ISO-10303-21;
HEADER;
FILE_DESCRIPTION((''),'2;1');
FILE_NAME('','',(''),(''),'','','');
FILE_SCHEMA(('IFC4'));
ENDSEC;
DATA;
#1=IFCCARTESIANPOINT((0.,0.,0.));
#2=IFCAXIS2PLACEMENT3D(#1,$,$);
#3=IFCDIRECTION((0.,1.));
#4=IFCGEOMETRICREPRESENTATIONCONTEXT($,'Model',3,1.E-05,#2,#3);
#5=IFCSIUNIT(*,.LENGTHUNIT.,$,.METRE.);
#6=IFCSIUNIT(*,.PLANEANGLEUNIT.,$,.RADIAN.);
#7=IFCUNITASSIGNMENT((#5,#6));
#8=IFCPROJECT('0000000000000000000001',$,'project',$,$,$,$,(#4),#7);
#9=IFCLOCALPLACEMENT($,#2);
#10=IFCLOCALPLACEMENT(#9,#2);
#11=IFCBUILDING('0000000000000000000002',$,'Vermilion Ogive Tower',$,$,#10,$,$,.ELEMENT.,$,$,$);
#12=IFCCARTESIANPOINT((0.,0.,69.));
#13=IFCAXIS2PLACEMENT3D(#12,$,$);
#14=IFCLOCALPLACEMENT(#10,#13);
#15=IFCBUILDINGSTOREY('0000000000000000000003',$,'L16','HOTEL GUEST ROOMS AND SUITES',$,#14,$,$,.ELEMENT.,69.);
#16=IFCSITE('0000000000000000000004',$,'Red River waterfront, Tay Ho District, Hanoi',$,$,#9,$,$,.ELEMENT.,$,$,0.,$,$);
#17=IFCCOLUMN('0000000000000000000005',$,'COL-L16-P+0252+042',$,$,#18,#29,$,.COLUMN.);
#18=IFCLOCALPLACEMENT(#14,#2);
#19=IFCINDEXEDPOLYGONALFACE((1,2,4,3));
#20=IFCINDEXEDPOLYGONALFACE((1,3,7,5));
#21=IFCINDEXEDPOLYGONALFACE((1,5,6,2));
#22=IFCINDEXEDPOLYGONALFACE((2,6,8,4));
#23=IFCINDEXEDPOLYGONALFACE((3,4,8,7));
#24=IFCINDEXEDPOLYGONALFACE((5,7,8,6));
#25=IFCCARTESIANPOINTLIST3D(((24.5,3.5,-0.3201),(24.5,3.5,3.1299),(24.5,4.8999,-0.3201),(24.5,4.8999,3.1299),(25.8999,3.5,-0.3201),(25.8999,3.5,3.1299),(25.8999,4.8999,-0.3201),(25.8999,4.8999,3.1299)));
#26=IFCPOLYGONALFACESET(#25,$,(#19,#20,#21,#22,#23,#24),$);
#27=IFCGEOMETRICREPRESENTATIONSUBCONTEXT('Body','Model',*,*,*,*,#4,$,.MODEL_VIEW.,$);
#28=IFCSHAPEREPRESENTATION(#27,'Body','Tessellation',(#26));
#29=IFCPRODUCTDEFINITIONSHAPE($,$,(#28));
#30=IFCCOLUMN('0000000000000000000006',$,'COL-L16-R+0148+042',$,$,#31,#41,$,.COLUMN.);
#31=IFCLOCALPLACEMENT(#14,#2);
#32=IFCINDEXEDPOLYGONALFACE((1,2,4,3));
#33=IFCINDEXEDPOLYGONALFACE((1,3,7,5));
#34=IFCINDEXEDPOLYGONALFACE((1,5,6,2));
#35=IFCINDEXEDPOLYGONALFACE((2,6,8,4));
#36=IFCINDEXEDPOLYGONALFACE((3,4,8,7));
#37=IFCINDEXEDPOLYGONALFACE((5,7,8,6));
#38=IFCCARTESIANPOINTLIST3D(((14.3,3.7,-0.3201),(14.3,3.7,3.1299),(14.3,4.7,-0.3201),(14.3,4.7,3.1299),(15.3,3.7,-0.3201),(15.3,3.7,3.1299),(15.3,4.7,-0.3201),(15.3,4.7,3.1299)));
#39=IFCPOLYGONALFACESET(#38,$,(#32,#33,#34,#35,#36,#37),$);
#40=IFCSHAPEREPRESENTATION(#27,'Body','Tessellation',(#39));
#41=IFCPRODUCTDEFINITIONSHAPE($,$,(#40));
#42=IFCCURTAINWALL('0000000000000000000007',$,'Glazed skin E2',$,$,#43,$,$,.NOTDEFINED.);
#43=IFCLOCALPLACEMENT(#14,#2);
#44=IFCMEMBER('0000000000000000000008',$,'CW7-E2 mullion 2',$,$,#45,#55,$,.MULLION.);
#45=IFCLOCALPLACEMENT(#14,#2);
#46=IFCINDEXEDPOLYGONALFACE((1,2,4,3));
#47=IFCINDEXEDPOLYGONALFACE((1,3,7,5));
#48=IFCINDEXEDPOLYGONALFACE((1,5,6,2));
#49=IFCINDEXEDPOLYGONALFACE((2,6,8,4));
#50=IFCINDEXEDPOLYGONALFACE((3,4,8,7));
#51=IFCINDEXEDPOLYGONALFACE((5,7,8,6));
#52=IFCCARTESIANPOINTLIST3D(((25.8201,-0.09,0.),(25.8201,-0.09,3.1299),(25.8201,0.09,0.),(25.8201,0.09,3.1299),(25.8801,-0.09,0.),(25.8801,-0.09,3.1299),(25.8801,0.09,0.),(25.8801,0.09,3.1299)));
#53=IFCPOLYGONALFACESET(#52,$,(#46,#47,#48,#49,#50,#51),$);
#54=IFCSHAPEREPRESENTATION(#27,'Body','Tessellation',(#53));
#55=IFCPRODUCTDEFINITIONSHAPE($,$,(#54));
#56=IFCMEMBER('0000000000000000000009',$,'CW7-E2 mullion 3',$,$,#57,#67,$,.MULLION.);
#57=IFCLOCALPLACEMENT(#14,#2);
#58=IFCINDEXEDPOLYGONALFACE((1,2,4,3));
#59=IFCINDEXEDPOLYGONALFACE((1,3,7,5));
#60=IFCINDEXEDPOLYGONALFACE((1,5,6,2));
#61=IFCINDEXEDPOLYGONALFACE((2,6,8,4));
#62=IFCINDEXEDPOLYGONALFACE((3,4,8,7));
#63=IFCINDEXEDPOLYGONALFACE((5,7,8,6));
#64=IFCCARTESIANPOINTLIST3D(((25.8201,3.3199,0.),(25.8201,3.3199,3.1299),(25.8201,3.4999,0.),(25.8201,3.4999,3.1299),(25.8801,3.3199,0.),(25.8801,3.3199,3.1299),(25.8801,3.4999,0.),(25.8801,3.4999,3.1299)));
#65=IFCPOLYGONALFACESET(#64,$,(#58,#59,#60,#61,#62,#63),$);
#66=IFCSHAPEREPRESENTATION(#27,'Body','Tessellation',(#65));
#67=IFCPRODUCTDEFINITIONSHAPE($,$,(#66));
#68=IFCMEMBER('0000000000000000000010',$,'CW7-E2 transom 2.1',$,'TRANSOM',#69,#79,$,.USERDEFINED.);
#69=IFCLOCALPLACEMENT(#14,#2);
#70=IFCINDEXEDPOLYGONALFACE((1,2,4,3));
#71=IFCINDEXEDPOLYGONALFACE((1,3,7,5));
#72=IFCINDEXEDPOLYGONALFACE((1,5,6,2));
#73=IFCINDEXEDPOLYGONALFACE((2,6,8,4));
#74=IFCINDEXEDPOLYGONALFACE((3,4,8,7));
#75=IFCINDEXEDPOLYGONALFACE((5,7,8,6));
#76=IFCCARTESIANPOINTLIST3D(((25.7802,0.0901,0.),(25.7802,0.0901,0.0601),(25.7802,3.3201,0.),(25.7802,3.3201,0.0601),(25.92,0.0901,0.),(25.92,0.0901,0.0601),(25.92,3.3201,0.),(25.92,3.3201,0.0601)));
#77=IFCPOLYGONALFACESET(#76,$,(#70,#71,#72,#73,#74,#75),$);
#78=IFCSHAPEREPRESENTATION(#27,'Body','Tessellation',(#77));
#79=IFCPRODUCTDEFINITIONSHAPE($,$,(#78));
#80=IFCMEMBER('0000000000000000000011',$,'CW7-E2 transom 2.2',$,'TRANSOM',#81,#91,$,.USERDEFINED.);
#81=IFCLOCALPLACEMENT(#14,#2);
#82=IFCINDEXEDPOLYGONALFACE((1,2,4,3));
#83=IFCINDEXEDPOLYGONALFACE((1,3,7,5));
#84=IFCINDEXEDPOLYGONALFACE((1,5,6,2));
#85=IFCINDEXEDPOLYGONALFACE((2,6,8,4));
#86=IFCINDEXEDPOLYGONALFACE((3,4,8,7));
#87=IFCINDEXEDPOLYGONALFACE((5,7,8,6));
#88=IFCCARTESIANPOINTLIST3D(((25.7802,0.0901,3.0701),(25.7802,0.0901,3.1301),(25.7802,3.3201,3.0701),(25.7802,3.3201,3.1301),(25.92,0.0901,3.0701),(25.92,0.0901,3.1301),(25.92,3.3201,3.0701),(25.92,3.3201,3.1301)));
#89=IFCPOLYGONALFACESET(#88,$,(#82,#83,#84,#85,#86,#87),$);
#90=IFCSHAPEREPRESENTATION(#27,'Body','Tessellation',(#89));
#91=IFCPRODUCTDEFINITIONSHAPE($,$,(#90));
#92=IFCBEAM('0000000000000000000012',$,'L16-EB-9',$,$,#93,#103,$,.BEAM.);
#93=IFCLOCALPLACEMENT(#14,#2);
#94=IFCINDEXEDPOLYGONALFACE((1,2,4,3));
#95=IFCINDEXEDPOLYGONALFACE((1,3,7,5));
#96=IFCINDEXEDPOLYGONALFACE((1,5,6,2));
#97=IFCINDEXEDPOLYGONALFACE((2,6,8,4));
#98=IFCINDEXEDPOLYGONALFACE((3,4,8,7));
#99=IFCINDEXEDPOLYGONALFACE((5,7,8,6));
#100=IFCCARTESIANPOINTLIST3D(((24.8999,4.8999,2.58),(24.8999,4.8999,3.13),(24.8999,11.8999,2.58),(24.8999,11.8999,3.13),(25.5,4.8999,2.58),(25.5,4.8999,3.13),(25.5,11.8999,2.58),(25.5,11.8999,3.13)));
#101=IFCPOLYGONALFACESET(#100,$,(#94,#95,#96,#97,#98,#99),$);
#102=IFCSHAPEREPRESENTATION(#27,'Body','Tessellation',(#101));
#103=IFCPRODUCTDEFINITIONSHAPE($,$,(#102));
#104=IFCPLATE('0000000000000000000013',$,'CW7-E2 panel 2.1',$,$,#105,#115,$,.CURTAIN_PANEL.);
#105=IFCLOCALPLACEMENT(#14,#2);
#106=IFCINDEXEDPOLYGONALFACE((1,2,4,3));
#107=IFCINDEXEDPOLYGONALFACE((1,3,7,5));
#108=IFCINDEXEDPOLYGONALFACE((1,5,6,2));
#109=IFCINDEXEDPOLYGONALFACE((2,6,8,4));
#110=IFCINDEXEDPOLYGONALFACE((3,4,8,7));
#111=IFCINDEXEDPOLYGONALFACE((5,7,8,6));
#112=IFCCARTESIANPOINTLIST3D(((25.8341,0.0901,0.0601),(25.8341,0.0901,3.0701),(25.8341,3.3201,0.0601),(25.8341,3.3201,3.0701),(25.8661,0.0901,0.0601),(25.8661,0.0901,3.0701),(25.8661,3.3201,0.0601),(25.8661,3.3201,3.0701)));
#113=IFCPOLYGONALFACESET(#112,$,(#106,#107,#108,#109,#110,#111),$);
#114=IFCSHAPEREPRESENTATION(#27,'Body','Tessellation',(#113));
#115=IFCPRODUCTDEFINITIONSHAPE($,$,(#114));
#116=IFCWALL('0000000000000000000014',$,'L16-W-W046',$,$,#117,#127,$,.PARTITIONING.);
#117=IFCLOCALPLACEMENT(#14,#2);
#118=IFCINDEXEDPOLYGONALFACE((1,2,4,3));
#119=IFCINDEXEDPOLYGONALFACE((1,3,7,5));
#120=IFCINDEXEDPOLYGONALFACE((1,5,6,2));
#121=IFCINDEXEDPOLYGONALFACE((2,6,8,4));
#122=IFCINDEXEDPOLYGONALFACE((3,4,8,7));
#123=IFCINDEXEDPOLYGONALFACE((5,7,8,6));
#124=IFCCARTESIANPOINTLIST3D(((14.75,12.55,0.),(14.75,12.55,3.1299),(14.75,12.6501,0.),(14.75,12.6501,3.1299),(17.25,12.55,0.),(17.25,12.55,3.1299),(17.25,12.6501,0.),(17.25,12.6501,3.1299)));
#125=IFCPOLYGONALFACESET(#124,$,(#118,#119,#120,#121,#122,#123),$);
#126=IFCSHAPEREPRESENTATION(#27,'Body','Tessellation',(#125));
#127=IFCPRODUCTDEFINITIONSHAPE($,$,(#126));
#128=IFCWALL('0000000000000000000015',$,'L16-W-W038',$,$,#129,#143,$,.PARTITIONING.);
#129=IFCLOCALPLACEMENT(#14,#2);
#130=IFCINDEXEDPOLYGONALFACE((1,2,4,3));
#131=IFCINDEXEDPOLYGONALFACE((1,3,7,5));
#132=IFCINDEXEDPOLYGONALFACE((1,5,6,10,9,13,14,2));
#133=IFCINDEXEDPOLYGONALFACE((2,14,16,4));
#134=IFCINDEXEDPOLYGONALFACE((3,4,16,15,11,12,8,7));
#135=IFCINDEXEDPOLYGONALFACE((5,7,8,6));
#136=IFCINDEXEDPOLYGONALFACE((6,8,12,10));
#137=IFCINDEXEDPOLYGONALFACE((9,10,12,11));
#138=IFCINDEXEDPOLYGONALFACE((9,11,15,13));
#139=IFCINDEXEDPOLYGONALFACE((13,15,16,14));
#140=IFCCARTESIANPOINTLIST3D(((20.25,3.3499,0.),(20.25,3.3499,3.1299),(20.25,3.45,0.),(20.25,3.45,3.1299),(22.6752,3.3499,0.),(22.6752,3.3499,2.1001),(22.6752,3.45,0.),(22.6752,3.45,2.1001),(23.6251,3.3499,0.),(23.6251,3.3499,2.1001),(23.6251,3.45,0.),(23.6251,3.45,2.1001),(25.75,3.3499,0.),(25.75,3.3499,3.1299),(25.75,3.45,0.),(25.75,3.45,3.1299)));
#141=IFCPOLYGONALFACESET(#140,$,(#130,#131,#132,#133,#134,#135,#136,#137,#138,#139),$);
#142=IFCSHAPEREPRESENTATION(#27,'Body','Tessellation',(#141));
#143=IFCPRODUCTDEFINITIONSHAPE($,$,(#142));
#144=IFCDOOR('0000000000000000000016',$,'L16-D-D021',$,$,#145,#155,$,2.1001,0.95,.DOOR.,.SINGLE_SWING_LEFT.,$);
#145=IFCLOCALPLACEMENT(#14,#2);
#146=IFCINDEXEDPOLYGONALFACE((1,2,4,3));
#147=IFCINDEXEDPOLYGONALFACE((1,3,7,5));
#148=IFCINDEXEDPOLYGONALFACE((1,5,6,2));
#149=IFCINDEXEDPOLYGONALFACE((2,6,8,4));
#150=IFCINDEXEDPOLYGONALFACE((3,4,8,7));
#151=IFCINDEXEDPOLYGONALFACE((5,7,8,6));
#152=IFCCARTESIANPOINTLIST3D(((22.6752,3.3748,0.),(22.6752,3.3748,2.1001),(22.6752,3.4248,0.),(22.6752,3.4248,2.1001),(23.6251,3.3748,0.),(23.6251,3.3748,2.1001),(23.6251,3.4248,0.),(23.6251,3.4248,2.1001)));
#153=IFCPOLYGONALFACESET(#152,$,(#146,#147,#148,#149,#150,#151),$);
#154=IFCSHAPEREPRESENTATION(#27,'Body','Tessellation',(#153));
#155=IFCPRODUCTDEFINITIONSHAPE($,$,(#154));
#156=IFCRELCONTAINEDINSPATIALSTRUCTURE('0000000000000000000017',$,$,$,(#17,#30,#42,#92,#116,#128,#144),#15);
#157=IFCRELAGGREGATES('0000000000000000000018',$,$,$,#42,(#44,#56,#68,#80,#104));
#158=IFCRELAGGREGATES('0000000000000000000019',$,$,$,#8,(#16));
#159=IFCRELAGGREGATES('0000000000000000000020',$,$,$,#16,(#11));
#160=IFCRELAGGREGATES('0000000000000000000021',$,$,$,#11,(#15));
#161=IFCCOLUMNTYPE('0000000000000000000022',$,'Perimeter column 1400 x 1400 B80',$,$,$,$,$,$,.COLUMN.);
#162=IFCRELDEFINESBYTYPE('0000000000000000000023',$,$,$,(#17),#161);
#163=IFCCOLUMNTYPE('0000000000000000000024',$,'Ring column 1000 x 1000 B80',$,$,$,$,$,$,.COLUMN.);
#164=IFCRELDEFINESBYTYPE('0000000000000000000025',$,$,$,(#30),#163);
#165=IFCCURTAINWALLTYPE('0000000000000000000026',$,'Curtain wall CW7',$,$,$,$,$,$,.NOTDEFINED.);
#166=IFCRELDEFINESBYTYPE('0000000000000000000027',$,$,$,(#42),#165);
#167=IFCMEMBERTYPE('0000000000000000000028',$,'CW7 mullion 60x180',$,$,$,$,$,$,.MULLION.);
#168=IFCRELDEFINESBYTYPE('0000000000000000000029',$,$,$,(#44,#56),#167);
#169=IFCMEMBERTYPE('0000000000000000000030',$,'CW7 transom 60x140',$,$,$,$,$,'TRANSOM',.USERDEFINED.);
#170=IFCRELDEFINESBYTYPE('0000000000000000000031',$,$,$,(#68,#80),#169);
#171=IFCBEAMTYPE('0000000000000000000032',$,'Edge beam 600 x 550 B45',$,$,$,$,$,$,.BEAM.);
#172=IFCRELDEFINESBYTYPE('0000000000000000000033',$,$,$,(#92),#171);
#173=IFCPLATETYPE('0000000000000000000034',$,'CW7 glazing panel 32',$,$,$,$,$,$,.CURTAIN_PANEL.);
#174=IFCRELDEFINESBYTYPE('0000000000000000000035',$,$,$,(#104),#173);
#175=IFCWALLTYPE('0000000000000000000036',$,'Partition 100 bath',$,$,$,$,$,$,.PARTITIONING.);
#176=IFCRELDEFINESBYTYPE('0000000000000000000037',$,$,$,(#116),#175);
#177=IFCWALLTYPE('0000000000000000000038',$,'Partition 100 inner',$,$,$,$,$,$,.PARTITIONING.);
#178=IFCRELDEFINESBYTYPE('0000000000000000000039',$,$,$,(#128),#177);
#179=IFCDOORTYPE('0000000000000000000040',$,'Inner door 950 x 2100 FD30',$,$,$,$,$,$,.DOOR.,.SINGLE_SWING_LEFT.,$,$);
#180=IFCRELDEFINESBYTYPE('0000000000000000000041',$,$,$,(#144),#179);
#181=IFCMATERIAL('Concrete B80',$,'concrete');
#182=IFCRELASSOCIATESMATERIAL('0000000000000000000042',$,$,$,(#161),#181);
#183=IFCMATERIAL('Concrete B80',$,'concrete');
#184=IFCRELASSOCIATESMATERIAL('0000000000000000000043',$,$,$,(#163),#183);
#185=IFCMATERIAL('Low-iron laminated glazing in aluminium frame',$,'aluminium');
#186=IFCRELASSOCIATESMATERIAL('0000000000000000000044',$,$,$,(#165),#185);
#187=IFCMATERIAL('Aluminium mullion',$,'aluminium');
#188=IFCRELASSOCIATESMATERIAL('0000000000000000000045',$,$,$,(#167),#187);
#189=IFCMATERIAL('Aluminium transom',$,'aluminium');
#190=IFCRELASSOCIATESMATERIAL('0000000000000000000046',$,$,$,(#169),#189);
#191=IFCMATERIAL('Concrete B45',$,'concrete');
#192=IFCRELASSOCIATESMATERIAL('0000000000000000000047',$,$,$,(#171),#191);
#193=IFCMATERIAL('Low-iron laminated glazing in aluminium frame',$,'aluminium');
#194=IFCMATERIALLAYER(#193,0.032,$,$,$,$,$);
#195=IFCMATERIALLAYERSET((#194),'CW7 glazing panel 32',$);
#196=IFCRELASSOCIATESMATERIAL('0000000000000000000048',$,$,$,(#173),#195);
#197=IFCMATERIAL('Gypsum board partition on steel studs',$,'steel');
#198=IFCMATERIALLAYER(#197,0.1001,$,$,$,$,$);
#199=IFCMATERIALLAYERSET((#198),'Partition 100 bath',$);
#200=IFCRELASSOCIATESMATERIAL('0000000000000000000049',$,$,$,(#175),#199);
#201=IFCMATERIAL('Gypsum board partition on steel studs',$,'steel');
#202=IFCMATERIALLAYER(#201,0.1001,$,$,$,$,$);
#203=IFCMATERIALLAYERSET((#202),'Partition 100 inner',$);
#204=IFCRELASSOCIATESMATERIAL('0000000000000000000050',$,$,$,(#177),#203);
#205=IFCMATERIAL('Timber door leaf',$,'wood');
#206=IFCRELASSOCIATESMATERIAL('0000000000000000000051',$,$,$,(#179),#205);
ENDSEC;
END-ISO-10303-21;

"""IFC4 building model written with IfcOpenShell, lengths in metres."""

from ifc_helpers import new_model, si_unit, direction, frame, frame_2d, origin, origin_2d, place, context, subcontext, project, spatial, rectangle, extrude, material, layer, layer_set, material_profile, profile_set, type_object, element, fill, aggregate, save


model = new_model("IFC4")

# Units and contexts
model_context = context("Model", 3, precision=1e-05, world=origin(), true_north=direction((0.0, 1.0)))
body_context = subcontext(model_context, "Body", "Model", "MODEL_VIEW")
ifc_project = project(units=[si_unit("LENGTHUNIT", "METRE"), si_unit("PLANEANGLEUNIT", "RADIAN")], contexts=[model_context])

# Site, building, storey
site_placement = place(None, origin())
site = spatial("IfcSite", under=ifc_project, at=site_placement, Name="Red River waterfront, Tay Ho District, Hanoi", CompositionType="ELEMENT", RefElevation=0.0)
building_placement = place(site_placement, origin())
building = spatial("IfcBuilding", under=site, at=building_placement, Name="Vermilion Ogive Tower", CompositionType="ELEMENT")
storey_placement = place(building_placement, frame((0.0, 0.0, 69.0)))
storey = spatial("IfcBuildingStorey", under=building, at=storey_placement, Name="L16", Description="HOTEL GUEST ROOMS AND SUITES", CompositionType="ELEMENT", Elevation=69.0)

# Columns
ifc_material_1 = material(Name="Concrete B80", Category="concrete")
ifc_material_profile_1 = material_profile(ifc_material_1, rectangle(XDim=1.3999, YDim=1.3999, at=origin_2d()), Name="1400 x 1400")
ifc_profile_set_1 = profile_set([ifc_material_profile_1], Name="Concrete B80")
column_type_1 = type_object("IfcColumnType", Name="Perimeter column 1400 x 1400 B80", PredefinedType="COLUMN", material=ifc_profile_set_1)
column_1_placement = place(storey_placement, frame((25.2, 4.2, -0.3201), z_axis=(0.0, 0.0, 1.0), x_axis=(1.0, 0.0, 0.0)))
element("IfcColumn", 1, at=column_1_placement, inside=storey, type_object=column_type_1, Name="COL-L16-P+0252+042", PredefinedType="COLUMN", context=body_context, shape_type="SweptSolid", body=[
    extrude(rectangle(XDim=1.3999, YDim=1.3999, at=origin_2d()), origin(), (0.0, 0.0, 1.0), 3.45),
])
ifc_material_2 = material(Name="Concrete B80", Category="concrete")
ifc_material_profile_2 = material_profile(ifc_material_2, rectangle(XDim=1.0, YDim=1.0, at=origin_2d()), Name="1000 x 1000")
ifc_profile_set_2 = profile_set([ifc_material_profile_2], Name="Concrete B80")
column_type_2 = type_object("IfcColumnType", Name="Ring column 1000 x 1000 B80", PredefinedType="COLUMN", material=ifc_profile_set_2)
column_2_placement = place(storey_placement, frame((14.8, 4.2, -0.3201), z_axis=(0.0, 0.0, 1.0), x_axis=(1.0, 0.0, 0.0)))
element("IfcColumn", 2, at=column_2_placement, inside=storey, type_object=column_type_2, Name="COL-L16-R+0148+042", PredefinedType="COLUMN", context=body_context, shape_type="SweptSolid", body=[
    extrude(rectangle(XDim=1.0, YDim=1.0, at=origin_2d()), origin(), (0.0, 0.0, 1.0), 3.45),
])

# Curtain wall, members
ifc_material_3 = material(Name="Low-iron laminated glazing in aluminium frame", Category="aluminium")
curtain_wall_type = type_object("IfcCurtainWallType", Name="Curtain wall CW7", PredefinedType="NOTDEFINED", material=ifc_material_3)
curtain_wall_placement = place(storey_placement, origin())
curtain_wall = element("IfcCurtainWall", 3, at=curtain_wall_placement, inside=storey, type_object=curtain_wall_type, Name="Glazed skin E2", PredefinedType="NOTDEFINED")
ifc_material_4 = material(Name="Aluminium mullion", Category="aluminium")
ifc_material_profile_3 = material_profile(ifc_material_4, rectangle(XDim=0.0601, YDim=0.1799, at=origin_2d()), Name="AL 60x180")
ifc_profile_set_3 = profile_set([ifc_material_profile_3], Name="Aluminium mullion")
member_type_1 = type_object("IfcMemberType", Name="CW7 mullion 60x180", PredefinedType="MULLION", material=ifc_profile_set_3)
member_1_placement = place(storey_placement, frame((25.8501, 0.0, 0.0), z_axis=(0.0, 0.0, 1.0), x_axis=(-1.0, 0.0, 0.0)))
member_1 = element("IfcMember", 4, at=member_1_placement, type_object=member_type_1, Name="CW7-E2 mullion 2", PredefinedType="MULLION", context=body_context, shape_type="SweptSolid", body=[
    extrude(rectangle(XDim=0.0601, YDim=0.1799, at=origin_2d()), origin(), (0.0, 0.0, 1.0), 3.1299),
])
member_2_placement = place(storey_placement, frame((25.8501, 3.4099, 0.0), z_axis=(0.0, 0.0, 1.0), x_axis=(-1.0, 0.0, 0.0)))
member_2 = element("IfcMember", 5, at=member_2_placement, type_object=member_type_1, Name="CW7-E2 mullion 3", PredefinedType="MULLION", context=body_context, shape_type="SweptSolid", body=[
    extrude(rectangle(XDim=0.0601, YDim=0.1799, at=origin_2d()), origin(), (0.0, 0.0, 1.0), 3.1299),
])
ifc_material_5 = material(Name="Aluminium transom", Category="aluminium")
ifc_material_profile_4 = material_profile(ifc_material_5, rectangle(XDim=0.1399, YDim=0.0601, at=origin_2d()), Name="AL 60x140")
ifc_profile_set_4 = profile_set([ifc_material_profile_4], Name="Aluminium transom")
member_type_2 = type_object("IfcMemberType", Name="CW7 transom 60x140", ElementType="TRANSOM", PredefinedType="USERDEFINED", material=ifc_profile_set_4)
member_3_placement = place(storey_placement, frame((25.8501, 0.0901, 0.03), z_axis=(0.0, 1.0, 0.0), x_axis=(-1.0, 0.0, 0.0)))
member_3 = element("IfcMember", 6, at=member_3_placement, type_object=member_type_2, Name="CW7-E2 transom 2.1", ObjectType="TRANSOM", PredefinedType="USERDEFINED", context=body_context, shape_type="SweptSolid", body=[
    extrude(rectangle(XDim=0.1399, YDim=0.0601, at=origin_2d()), origin(), (0.0, 0.0, 1.0), 3.23),
])
member_4_placement = place(storey_placement, frame((25.8501, 0.0901, 3.1001), z_axis=(0.0, 1.0, 0.0), x_axis=(-1.0, 0.0, 0.0)))
member_4 = element("IfcMember", 7, at=member_4_placement, type_object=member_type_2, Name="CW7-E2 transom 2.2", ObjectType="TRANSOM", PredefinedType="USERDEFINED", context=body_context, shape_type="SweptSolid", body=[
    extrude(rectangle(XDim=0.1399, YDim=0.0601, at=origin_2d()), origin(), (0.0, 0.0, 1.0), 3.23),
])

# Beam
ifc_material_6 = material(Name="Concrete B45", Category="concrete")
ifc_material_profile_5 = material_profile(ifc_material_6, rectangle(XDim=0.6001, YDim=0.55, at=origin_2d()), Name="600 x 550")
ifc_profile_set_5 = profile_set([ifc_material_profile_5], Name="Concrete B45")
beam_type = type_object("IfcBeamType", Name="Edge beam 600 x 550 B45", PredefinedType="BEAM", material=ifc_profile_set_5)
beam_placement = place(storey_placement, frame((25.2, 4.8999, 2.855), z_axis=(0.0, 1.0, 0.0), x_axis=(-1.0, 0.0, 0.0)))
element("IfcBeam", 8, at=beam_placement, inside=storey, type_object=beam_type, Name="L16-EB-9", PredefinedType="BEAM", context=body_context, shape_type="SweptSolid", body=[
    extrude(rectangle(XDim=0.6001, YDim=0.55, at=origin_2d()), origin(), (0.0, 0.0, 1.0), 7.0),
])

# Plate
ifc_material_7 = material(Name="Low-iron laminated glazing in aluminium frame", Category="aluminium")
ifc_layer_1 = layer(ifc_material_7, 0.032)
ifc_layer_set_1 = layer_set([ifc_layer_1], Name="CW7 glazing panel 32")
plate_type = type_object("IfcPlateType", Name="CW7 glazing panel 32", PredefinedType="CURTAIN_PANEL", material=ifc_layer_set_1)
plate_placement = place(storey_placement, frame((25.8501, 1.7051, 0.0601), z_axis=(0.0, 0.0, 1.0), x_axis=(0.0, 1.0, 0.0)))
plate = element("IfcPlate", 9, at=plate_placement, type_object=plate_type, Name="CW7-E2 panel 2.1", PredefinedType="CURTAIN_PANEL", context=body_context, shape_type="SweptSolid", body=[
    extrude(rectangle(XDim=3.23, YDim=0.032, at=origin_2d()), origin(), (0.0, 0.0, 1.0), 3.01),
])
aggregate(curtain_wall, [member_1, member_2, member_3, member_4, plate])

# Wall
ifc_material_8 = material(Name="Gypsum board partition on steel studs", Category="steel")
ifc_layer_2 = layer(ifc_material_8, 0.1001)
ifc_layer_set_2 = layer_set([ifc_layer_2], Name="Partition 100 bath")
wall_type_1 = type_object("IfcWallType", Name="Partition 100 bath", PredefinedType="PARTITIONING", material=ifc_layer_set_2)
wall_1_placement = place(storey_placement, frame((14.75, 12.6001, 0.0), z_axis=(0.0, 0.0, 1.0), x_axis=(1.0, 0.0, 0.0)))
element("IfcWall", 10, at=wall_1_placement, inside=storey, type_object=wall_type_1, Name="L16-W-W046", PredefinedType="PARTITIONING", context=body_context, shape_type="SweptSolid", body=[
    extrude(rectangle(XDim=2.5, YDim=0.1001, at=frame_2d((1.25, 0.0))), origin(), (0.0, 0.0, 1.0), 3.1299),
])

# Wall, opening, door
ifc_material_9 = material(Name="Gypsum board partition on steel studs", Category="steel")
ifc_layer_3 = layer(ifc_material_9, 0.1001)
ifc_layer_set_3 = layer_set([ifc_layer_3], Name="Partition 100 inner")
wall_type_2 = type_object("IfcWallType", Name="Partition 100 inner", PredefinedType="PARTITIONING", material=ifc_layer_set_3)
wall_2_placement = place(storey_placement, frame((20.25, 3.3999, 0.0), z_axis=(0.0, 0.0, 1.0), x_axis=(1.0, 0.0, 0.0)))
wall_2 = element("IfcWall", 11, at=wall_2_placement, inside=storey, type_object=wall_type_2, Name="L16-W-W038", PredefinedType="PARTITIONING", context=body_context, shape_type="SweptSolid", body=[
    extrude(rectangle(XDim=5.5, YDim=0.1001, at=frame_2d((2.75, 0.0))), origin(), (0.0, 0.0, 1.0), 3.1299),
])
opening_1_placement = place(wall_2_placement, frame((2.425, 0.0, 0.0)))
opening_1 = element("IfcOpeningElement", 12, at=opening_1_placement, cuts=wall_2, PredefinedType="OPENING", context=body_context, shape_type="SweptSolid", body=[
    extrude(rectangle(XDim=0.95, YDim=2.1001, at=frame_2d((0.4751, 1.05))), frame((0.0, 0.0601, 0.0), z_axis=(0.0, -1.0, 0.0), x_axis=(1.0, 0.0, 0.0)), (0.0, 0.0, 1.0), 0.1201),
])
ifc_material_10 = material(Name="Timber door leaf", Category="wood")
door_type_1 = type_object("IfcDoorType", Name="Inner door 950 x 2100 FD30", OperationType="SINGLE_SWING_LEFT", PredefinedType="DOOR", material=ifc_material_10)
door_1_placement = place(opening_1_placement, origin())
door_1 = element("IfcDoor", 13, at=door_1_placement, inside=storey, type_object=door_type_1, Name="L16-D-D021", OperationType="SINGLE_SWING_LEFT", OverallHeight=2.1001, OverallWidth=0.95, PredefinedType="DOOR", context=body_context, shape_type="SweptSolid", body=[
    extrude(rectangle(XDim=0.95, YDim=2.1001, at=frame_2d((0.4751, 1.05))), frame((0.0, 0.0249, 0.0), z_axis=(0.0, -1.0, 0.0), x_axis=(1.0, 0.0, 0.0)), (0.0, 0.0, 1.0), 0.05),
])
fill(opening_1, door_1)

save(model, "model.ifc")
